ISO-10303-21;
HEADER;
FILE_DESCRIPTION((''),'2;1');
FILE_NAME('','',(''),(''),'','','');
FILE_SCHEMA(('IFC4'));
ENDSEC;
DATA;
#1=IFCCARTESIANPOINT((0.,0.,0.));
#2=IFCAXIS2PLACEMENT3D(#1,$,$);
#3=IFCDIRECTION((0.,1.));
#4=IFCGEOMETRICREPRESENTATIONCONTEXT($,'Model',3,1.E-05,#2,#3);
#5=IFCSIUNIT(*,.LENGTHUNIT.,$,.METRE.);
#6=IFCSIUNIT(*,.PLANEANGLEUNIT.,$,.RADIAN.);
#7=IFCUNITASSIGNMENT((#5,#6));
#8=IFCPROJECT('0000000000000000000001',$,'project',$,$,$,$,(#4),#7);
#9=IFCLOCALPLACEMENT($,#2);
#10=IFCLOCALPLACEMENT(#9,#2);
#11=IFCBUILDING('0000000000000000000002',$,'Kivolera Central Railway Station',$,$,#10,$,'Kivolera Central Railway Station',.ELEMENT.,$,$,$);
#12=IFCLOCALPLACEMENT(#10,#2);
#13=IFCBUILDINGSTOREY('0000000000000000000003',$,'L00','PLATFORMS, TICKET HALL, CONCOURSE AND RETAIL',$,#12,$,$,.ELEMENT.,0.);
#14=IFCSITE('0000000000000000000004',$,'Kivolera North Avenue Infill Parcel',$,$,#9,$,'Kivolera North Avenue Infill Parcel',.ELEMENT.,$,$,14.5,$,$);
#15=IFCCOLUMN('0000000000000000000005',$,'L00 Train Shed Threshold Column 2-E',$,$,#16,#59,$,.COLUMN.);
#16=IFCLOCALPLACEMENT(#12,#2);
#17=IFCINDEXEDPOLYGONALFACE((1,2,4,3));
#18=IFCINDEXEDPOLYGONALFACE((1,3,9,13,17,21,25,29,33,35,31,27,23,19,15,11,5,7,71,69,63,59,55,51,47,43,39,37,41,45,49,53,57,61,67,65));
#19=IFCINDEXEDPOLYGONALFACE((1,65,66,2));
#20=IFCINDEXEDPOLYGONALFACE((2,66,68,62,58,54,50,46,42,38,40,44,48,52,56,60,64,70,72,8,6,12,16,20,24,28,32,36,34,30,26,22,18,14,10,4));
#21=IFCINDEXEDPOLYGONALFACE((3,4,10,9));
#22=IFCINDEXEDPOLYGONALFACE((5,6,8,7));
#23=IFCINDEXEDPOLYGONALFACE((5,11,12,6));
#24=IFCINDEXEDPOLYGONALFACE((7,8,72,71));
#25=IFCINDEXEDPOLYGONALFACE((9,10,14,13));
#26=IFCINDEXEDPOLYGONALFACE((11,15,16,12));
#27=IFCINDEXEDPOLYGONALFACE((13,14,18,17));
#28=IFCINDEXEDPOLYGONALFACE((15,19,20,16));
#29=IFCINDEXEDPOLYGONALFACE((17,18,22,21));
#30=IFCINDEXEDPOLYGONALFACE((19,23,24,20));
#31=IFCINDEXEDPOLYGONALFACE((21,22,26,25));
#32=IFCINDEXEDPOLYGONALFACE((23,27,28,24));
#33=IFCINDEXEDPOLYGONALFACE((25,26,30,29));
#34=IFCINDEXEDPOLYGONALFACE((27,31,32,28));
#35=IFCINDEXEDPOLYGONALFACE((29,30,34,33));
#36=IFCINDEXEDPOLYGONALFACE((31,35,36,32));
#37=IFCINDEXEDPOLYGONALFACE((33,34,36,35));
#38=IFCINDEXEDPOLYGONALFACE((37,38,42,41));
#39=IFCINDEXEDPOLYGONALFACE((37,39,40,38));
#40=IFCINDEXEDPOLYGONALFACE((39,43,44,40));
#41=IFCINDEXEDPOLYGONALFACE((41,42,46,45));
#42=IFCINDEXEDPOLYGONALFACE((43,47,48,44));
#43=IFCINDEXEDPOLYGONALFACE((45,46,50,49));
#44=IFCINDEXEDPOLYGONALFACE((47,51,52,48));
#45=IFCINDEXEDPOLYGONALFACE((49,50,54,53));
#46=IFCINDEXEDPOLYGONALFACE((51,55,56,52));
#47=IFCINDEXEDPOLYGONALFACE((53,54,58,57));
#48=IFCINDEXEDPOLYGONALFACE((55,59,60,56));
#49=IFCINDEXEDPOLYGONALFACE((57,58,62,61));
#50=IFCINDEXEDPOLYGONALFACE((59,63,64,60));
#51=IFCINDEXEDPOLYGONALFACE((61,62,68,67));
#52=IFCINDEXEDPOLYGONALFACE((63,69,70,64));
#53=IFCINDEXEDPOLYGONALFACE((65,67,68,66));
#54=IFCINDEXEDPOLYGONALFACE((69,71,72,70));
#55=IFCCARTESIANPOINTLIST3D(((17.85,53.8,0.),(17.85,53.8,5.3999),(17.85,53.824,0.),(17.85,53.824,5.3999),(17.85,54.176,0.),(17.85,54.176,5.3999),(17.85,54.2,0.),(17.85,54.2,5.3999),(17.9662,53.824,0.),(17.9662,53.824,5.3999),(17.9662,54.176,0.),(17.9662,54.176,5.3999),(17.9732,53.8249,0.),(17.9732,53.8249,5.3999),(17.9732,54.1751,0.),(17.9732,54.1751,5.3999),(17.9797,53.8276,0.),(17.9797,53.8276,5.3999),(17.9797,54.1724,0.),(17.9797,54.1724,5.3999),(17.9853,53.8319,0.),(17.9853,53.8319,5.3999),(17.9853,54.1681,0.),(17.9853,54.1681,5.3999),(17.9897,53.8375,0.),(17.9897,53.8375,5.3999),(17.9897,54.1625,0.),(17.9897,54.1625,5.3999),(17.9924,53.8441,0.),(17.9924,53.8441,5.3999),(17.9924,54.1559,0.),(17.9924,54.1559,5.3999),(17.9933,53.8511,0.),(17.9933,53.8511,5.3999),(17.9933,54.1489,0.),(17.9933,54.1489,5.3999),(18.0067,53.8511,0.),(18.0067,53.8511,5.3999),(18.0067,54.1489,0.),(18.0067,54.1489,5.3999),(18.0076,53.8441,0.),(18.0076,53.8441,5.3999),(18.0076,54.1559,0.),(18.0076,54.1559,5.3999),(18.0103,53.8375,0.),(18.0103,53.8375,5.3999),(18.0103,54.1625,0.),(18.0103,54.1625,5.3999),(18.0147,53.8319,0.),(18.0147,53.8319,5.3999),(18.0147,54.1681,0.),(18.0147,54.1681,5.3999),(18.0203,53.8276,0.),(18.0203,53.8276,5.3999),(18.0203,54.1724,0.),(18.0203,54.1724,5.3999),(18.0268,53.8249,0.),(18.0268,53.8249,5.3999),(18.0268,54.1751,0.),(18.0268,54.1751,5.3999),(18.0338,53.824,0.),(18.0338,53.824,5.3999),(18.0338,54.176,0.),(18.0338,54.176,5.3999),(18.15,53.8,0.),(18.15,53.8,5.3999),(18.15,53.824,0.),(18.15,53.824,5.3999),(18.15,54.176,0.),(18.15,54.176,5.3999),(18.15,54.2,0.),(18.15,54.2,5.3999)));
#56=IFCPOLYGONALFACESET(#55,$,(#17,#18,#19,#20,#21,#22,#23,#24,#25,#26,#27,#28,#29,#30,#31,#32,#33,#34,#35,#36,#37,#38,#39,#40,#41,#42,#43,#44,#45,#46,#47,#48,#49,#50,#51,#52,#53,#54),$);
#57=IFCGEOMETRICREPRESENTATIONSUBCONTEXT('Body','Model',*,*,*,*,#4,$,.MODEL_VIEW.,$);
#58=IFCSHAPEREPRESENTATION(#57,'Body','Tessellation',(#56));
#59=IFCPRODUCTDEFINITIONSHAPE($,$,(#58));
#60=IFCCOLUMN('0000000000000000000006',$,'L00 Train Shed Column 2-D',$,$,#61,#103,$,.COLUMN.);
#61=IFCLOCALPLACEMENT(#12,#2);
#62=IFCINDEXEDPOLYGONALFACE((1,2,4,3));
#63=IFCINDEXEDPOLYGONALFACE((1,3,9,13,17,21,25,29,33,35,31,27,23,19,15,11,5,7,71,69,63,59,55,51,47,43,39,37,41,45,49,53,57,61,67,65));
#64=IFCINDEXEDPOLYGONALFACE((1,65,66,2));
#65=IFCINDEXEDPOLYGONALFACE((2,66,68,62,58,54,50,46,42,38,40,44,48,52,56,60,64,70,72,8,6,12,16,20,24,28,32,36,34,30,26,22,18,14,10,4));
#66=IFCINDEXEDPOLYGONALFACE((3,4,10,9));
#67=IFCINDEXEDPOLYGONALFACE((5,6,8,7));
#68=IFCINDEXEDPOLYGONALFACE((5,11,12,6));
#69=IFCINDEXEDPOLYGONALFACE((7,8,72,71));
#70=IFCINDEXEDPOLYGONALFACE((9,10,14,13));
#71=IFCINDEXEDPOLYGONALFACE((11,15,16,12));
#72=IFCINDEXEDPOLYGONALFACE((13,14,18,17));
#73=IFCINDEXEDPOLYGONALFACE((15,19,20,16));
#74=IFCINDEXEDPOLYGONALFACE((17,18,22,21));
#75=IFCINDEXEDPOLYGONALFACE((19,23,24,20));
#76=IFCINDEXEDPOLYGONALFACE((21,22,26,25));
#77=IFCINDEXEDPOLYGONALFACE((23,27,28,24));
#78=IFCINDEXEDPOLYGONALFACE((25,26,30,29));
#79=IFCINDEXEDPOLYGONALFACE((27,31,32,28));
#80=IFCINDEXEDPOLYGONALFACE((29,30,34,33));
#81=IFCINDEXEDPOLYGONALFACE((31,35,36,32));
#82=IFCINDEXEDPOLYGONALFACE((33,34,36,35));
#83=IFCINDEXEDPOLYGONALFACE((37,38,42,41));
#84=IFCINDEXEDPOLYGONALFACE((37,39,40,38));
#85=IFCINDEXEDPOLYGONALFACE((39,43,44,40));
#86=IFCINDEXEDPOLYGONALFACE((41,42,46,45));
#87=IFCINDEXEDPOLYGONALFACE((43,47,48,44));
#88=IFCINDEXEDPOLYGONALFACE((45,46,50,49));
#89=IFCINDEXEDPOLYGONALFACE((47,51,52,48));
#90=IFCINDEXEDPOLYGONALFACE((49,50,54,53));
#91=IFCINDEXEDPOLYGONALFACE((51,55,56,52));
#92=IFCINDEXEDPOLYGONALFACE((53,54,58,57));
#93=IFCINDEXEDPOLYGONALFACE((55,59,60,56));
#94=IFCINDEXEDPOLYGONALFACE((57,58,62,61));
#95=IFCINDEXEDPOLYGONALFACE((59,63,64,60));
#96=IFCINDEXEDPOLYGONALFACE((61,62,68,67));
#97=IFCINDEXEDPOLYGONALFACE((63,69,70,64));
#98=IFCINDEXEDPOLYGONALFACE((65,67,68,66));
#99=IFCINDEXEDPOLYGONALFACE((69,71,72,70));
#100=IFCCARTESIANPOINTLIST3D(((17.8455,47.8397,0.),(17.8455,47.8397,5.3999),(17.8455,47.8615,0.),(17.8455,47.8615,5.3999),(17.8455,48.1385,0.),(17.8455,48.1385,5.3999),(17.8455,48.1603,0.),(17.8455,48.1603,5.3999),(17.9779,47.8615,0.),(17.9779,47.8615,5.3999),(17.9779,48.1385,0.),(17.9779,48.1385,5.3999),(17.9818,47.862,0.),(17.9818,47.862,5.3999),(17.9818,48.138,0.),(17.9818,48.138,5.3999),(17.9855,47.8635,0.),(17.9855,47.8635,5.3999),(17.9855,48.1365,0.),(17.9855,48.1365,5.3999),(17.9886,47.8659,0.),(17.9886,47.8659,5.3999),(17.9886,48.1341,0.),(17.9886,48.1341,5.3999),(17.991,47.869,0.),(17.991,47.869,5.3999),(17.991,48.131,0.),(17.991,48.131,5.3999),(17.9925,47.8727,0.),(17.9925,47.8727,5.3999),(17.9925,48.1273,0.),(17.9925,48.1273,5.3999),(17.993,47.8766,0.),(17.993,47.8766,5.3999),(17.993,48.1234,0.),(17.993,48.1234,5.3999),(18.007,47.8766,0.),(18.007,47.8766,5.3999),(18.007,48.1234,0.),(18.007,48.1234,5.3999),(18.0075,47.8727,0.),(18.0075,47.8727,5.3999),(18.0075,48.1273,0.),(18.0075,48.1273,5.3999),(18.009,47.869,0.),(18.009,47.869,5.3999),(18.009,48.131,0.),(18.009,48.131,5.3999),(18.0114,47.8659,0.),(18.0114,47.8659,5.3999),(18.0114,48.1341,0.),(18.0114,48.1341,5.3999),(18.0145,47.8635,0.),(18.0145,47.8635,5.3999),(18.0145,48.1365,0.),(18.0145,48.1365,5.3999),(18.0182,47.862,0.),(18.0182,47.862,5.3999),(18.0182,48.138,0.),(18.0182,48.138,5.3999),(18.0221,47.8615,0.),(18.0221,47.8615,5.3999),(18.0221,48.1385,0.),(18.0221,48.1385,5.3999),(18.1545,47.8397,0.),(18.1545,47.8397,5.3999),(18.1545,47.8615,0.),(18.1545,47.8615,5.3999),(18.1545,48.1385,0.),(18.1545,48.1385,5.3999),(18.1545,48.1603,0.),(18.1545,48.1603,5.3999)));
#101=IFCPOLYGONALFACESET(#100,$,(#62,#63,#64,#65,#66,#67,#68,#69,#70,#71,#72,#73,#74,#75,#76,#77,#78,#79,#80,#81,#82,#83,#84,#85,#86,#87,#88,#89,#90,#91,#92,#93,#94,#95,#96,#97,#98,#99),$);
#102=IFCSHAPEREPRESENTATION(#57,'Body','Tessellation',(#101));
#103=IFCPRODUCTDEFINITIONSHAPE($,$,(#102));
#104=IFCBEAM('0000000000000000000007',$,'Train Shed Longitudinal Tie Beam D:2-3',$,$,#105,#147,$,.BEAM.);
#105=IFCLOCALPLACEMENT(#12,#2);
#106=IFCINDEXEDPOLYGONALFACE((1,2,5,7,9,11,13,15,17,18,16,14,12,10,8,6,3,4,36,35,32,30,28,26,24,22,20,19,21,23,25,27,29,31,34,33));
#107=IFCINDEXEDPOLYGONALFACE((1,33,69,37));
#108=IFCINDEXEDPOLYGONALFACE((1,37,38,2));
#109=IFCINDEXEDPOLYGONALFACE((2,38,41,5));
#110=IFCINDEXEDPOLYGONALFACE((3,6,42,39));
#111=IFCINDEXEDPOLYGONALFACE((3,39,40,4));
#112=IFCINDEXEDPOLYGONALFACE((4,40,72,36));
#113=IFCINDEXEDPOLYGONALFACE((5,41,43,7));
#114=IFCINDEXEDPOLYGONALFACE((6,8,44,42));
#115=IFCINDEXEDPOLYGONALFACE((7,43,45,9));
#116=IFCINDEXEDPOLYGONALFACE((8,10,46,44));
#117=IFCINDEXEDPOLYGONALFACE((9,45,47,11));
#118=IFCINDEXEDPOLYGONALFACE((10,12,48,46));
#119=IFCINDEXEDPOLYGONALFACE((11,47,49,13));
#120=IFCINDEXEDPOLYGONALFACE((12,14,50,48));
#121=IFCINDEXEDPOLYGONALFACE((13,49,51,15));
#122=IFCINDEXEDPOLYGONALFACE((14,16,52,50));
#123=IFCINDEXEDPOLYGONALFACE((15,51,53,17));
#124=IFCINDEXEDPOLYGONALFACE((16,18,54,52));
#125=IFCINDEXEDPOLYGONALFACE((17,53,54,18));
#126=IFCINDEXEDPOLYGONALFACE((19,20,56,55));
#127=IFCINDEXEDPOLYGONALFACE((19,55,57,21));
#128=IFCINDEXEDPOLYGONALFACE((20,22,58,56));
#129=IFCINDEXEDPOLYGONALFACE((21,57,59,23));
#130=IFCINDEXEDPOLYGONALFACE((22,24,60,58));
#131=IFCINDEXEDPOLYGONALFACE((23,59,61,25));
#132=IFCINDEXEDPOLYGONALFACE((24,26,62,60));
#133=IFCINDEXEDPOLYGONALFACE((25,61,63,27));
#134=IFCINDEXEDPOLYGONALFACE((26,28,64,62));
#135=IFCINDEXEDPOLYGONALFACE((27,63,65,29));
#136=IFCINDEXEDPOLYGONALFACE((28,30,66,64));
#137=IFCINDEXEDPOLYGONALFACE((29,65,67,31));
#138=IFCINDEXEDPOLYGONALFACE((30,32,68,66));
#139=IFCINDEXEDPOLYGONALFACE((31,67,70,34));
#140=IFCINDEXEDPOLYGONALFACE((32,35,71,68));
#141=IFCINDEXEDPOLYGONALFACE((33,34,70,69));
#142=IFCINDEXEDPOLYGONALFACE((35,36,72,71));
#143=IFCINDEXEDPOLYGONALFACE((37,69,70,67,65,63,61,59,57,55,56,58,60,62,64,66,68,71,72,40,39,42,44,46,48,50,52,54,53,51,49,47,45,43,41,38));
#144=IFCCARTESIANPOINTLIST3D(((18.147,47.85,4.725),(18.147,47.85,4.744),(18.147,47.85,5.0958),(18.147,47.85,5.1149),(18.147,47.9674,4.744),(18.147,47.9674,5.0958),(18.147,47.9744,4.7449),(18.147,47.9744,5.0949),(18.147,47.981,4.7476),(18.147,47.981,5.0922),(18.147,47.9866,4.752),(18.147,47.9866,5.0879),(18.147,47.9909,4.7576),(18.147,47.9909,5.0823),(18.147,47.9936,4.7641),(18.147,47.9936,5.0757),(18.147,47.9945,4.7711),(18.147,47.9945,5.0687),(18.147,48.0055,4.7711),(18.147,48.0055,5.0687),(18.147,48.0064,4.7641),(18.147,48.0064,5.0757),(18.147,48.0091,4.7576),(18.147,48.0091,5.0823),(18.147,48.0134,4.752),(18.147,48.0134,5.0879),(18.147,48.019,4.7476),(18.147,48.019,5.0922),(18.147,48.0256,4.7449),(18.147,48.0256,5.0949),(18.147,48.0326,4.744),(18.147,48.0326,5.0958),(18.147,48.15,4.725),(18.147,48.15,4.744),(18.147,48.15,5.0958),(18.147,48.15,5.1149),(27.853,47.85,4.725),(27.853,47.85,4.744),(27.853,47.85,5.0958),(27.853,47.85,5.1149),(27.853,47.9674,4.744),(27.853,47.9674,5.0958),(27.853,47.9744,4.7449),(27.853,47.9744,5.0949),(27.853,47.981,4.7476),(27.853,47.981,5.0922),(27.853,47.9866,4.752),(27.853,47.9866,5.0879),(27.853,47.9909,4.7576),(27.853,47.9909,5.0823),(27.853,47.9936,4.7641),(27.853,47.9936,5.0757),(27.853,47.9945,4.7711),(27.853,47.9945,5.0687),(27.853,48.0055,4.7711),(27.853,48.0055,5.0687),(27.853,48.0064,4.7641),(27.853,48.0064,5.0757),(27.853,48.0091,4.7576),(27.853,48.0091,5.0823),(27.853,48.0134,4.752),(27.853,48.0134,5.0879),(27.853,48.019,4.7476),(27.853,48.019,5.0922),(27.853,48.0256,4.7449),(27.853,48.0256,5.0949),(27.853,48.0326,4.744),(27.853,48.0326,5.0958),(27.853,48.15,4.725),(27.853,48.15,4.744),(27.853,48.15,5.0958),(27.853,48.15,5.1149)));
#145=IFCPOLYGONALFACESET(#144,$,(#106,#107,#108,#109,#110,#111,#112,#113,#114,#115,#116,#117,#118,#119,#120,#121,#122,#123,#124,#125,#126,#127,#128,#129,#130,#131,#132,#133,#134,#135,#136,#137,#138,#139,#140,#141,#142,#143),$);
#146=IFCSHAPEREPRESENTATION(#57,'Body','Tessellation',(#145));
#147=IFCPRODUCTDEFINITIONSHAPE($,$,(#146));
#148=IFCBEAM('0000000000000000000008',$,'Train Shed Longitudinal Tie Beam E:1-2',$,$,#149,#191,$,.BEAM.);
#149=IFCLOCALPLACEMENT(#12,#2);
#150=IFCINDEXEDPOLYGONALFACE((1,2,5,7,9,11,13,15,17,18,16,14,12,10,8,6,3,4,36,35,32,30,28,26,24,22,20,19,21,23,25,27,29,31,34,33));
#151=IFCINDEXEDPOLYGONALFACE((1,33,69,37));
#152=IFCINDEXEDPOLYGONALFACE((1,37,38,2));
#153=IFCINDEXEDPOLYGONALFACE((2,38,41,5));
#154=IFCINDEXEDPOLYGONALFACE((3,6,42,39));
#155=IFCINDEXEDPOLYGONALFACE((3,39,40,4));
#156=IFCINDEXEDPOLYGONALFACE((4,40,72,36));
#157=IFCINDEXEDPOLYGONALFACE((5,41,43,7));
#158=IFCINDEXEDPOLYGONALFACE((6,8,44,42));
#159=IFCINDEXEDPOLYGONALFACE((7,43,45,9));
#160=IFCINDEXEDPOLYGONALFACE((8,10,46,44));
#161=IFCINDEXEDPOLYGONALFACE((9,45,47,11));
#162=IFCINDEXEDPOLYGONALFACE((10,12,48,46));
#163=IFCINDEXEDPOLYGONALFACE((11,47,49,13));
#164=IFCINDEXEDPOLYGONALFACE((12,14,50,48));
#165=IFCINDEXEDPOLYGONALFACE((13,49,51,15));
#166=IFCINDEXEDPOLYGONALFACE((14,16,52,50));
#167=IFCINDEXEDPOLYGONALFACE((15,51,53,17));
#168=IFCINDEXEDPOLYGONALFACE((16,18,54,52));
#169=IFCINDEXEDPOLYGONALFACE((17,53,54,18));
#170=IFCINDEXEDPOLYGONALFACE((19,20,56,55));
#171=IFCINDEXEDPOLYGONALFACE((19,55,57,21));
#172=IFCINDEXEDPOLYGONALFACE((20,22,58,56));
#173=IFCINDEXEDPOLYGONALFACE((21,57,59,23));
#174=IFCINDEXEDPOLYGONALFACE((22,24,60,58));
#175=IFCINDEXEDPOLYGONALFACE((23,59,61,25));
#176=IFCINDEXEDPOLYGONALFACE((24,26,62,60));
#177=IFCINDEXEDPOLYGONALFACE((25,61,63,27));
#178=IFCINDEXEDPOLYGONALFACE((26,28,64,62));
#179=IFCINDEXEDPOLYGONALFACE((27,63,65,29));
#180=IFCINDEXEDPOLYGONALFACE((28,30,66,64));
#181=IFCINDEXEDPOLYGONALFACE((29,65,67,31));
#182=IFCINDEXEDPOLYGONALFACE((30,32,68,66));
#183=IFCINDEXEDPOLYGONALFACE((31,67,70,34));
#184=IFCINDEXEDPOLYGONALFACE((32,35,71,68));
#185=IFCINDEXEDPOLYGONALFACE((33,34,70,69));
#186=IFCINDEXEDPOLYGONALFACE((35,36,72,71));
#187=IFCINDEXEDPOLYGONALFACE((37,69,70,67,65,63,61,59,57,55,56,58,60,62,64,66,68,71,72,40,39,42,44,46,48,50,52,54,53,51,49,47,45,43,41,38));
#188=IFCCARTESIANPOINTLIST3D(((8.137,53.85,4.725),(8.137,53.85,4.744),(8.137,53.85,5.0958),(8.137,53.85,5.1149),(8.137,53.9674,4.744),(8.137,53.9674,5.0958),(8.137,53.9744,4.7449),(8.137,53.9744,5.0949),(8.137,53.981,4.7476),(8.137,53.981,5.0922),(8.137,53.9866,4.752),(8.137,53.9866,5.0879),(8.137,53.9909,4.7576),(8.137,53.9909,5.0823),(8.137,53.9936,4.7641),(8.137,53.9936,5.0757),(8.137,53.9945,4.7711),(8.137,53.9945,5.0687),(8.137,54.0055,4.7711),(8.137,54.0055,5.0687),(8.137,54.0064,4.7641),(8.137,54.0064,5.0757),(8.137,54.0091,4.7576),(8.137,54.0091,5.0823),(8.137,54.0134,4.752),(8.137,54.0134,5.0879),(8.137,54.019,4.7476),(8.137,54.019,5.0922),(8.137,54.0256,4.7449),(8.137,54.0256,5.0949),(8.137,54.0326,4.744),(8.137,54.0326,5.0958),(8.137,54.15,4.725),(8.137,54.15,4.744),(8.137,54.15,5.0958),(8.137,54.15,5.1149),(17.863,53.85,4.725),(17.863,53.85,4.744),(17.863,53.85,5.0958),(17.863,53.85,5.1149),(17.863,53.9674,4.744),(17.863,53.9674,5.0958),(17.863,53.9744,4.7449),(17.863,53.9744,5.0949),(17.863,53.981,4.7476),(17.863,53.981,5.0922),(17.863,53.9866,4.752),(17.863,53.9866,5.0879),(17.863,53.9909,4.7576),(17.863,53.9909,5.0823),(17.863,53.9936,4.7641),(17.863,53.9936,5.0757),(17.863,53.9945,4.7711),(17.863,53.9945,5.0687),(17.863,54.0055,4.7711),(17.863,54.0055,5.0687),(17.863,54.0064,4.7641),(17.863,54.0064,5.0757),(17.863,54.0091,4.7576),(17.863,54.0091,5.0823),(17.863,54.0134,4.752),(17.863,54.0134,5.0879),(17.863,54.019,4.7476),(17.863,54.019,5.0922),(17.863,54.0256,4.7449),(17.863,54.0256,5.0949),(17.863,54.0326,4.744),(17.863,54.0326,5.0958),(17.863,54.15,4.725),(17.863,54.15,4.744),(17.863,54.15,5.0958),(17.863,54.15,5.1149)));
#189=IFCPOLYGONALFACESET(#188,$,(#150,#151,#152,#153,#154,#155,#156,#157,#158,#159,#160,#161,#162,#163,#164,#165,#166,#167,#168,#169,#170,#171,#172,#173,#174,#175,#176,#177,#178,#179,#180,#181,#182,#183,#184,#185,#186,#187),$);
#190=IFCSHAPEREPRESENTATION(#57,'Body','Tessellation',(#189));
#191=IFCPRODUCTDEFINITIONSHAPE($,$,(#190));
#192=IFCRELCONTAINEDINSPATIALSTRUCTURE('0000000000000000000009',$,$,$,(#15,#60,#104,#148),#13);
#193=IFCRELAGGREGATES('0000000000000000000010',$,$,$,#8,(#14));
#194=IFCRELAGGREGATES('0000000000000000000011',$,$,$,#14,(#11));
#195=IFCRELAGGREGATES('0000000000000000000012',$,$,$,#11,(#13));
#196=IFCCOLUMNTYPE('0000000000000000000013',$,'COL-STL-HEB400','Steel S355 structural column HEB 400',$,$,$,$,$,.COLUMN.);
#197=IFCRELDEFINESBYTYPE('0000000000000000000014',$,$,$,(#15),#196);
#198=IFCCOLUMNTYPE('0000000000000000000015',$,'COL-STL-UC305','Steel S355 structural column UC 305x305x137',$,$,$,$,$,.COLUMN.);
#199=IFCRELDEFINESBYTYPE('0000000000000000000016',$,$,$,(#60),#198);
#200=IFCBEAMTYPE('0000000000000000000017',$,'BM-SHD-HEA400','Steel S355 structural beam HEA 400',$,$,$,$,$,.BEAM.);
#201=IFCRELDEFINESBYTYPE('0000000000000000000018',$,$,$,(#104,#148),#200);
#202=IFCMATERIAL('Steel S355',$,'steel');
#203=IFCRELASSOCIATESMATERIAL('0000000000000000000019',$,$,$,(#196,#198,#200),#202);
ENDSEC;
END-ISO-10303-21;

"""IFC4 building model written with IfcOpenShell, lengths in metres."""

from ifc_helpers import new_model, si_unit, direction, frame, origin, origin_2d, place, context, subcontext, project, spatial, i_section, extrude, material, material_profile, profile_set, type_object, element, save


model = new_model("IFC4")

# Units and contexts
model_context = context("Model", 3, precision=1e-05, world=origin(), true_north=direction((0.0, 1.0)))
body_context = subcontext(model_context, "Body", "Model", "MODEL_VIEW")
ifc_project = project(units=[si_unit("LENGTHUNIT", "METRE"), si_unit("PLANEANGLEUNIT", "RADIAN")], contexts=[model_context])

# Site, building, storey
site_placement = place(None, origin())
site = spatial("IfcSite", under=ifc_project, at=site_placement, Name="Kivolera North Avenue Infill Parcel", LongName="Kivolera North Avenue Infill Parcel", CompositionType="ELEMENT", RefElevation=14.5)
building_placement = place(site_placement, origin())
building = spatial("IfcBuilding", under=site, at=building_placement, Name="Kivolera Central Railway Station", LongName="Kivolera Central Railway Station", CompositionType="ELEMENT")
storey_placement = place(building_placement, origin())
storey = spatial("IfcBuildingStorey", under=building, at=storey_placement, Name="L00", Description="PLATFORMS, TICKET HALL, CONCOURSE AND RETAIL", CompositionType="ELEMENT", Elevation=0.0)

# Columns
ifc_material_1 = material(Name="Steel S355", Category="steel")
ifc_material_profile_1 = material_profile(ifc_material_1, i_section(OverallWidth=0.3, OverallDepth=0.3999, WebThickness=0.0134, FlangeThickness=0.0239, FilletRadius=0.0271, at=origin_2d()), Name="HEB 400")
ifc_profile_set_1 = profile_set([ifc_material_profile_1], Name="Steel S355")
column_type_1 = type_object("IfcColumnType", Name="COL-STL-HEB400", Description="Steel S355 structural column HEB 400", PredefinedType="COLUMN", material=ifc_profile_set_1)
for number, where, z_axis, x_axis, name in (
    (1, (18.0, 54.0, 0.0), (0.0, 0.0, 1.0), (1.0, 0.0, 0.0), "L00 Train Shed Threshold Column 2-E"),
):
    element("IfcColumn", number, at=place(storey_placement, frame(where, z_axis=z_axis, x_axis=x_axis)), inside=storey, type_object=column_type_1, Name=name, PredefinedType="COLUMN", context=body_context, shape_type="SweptSolid", body=[
        extrude(i_section(OverallWidth=0.3, OverallDepth=0.3999, WebThickness=0.0134, FlangeThickness=0.0239, FilletRadius=0.0271, at=origin_2d()), origin(), (0.0, 0.0, 1.0), 5.3999),
    ])
ifc_material_profile_2 = material_profile(ifc_material_1, i_section(OverallWidth=0.3091, OverallDepth=0.3206, WebThickness=0.0139, FlangeThickness=0.0217, FilletRadius=0.0151, at=origin_2d()), Name="UC 305x305x137")
ifc_profile_set_2 = profile_set([ifc_material_profile_2], Name="Steel S355")
column_type_2 = type_object("IfcColumnType", Name="COL-STL-UC305", Description="Steel S355 structural column UC 305x305x137", PredefinedType="COLUMN", material=ifc_profile_set_2)
column_placement = place(storey_placement, frame((18.0, 48.0, 0.0), z_axis=(0.0, 0.0, 1.0), x_axis=(1.0, 0.0, 0.0)))
element("IfcColumn", 2, at=column_placement, inside=storey, type_object=column_type_2, Name="L00 Train Shed Column 2-D", PredefinedType="COLUMN", context=body_context, shape_type="SweptSolid", body=[
    extrude(i_section(OverallWidth=0.3091, OverallDepth=0.3206, WebThickness=0.0139, FlangeThickness=0.0217, FilletRadius=0.0151, at=origin_2d()), origin(), (0.0, 0.0, 1.0), 5.3999),
])

# Beams
ifc_material_profile_3 = material_profile(ifc_material_1, i_section(OverallWidth=0.3, OverallDepth=0.3899, WebThickness=0.011, FlangeThickness=0.019, FilletRadius=0.0271, at=origin_2d()), Name="HEA 400")
ifc_profile_set_3 = profile_set([ifc_material_profile_3], Name="Steel S355")
beam_type = type_object("IfcBeamType", Name="BM-SHD-HEA400", Description="Steel S355 structural beam HEA 400", PredefinedType="BEAM", material=ifc_profile_set_3)
beam_placement = place(storey_placement, frame((18.147, 48.0, 4.9199), z_axis=(1.0, 0.0, 0.0), x_axis=(0.0, 1.0, 0.0)))
element("IfcBeam", 3, at=beam_placement, inside=storey, type_object=beam_type, Name="Train Shed Longitudinal Tie Beam D:2-3", PredefinedType="BEAM", context=body_context, shape_type="SweptSolid", body=[
    extrude(i_section(OverallWidth=0.3, OverallDepth=0.3899, WebThickness=0.011, FlangeThickness=0.019, FilletRadius=0.0271, at=origin_2d()), origin(), (0.0, 0.0, 1.0), 9.7061),
])
for number, where, z_axis, x_axis, name in (
    (4, (8.137, 54.0, 4.9199), (1.0, 0.0, 0.0), (0.0, 1.0, 0.0), "Train Shed Longitudinal Tie Beam E:1-2"),
):
    element("IfcBeam", number, at=place(storey_placement, frame(where, z_axis=z_axis, x_axis=x_axis)), inside=storey, type_object=beam_type, Name=name, PredefinedType="BEAM", context=body_context, shape_type="SweptSolid", body=[
        extrude(i_section(OverallWidth=0.3, OverallDepth=0.3899, WebThickness=0.011, FlangeThickness=0.019, FilletRadius=0.0271, at=origin_2d()), origin(), (0.0, 0.0, 1.0), 9.7261),
    ])

save(model, "model.ifc")
